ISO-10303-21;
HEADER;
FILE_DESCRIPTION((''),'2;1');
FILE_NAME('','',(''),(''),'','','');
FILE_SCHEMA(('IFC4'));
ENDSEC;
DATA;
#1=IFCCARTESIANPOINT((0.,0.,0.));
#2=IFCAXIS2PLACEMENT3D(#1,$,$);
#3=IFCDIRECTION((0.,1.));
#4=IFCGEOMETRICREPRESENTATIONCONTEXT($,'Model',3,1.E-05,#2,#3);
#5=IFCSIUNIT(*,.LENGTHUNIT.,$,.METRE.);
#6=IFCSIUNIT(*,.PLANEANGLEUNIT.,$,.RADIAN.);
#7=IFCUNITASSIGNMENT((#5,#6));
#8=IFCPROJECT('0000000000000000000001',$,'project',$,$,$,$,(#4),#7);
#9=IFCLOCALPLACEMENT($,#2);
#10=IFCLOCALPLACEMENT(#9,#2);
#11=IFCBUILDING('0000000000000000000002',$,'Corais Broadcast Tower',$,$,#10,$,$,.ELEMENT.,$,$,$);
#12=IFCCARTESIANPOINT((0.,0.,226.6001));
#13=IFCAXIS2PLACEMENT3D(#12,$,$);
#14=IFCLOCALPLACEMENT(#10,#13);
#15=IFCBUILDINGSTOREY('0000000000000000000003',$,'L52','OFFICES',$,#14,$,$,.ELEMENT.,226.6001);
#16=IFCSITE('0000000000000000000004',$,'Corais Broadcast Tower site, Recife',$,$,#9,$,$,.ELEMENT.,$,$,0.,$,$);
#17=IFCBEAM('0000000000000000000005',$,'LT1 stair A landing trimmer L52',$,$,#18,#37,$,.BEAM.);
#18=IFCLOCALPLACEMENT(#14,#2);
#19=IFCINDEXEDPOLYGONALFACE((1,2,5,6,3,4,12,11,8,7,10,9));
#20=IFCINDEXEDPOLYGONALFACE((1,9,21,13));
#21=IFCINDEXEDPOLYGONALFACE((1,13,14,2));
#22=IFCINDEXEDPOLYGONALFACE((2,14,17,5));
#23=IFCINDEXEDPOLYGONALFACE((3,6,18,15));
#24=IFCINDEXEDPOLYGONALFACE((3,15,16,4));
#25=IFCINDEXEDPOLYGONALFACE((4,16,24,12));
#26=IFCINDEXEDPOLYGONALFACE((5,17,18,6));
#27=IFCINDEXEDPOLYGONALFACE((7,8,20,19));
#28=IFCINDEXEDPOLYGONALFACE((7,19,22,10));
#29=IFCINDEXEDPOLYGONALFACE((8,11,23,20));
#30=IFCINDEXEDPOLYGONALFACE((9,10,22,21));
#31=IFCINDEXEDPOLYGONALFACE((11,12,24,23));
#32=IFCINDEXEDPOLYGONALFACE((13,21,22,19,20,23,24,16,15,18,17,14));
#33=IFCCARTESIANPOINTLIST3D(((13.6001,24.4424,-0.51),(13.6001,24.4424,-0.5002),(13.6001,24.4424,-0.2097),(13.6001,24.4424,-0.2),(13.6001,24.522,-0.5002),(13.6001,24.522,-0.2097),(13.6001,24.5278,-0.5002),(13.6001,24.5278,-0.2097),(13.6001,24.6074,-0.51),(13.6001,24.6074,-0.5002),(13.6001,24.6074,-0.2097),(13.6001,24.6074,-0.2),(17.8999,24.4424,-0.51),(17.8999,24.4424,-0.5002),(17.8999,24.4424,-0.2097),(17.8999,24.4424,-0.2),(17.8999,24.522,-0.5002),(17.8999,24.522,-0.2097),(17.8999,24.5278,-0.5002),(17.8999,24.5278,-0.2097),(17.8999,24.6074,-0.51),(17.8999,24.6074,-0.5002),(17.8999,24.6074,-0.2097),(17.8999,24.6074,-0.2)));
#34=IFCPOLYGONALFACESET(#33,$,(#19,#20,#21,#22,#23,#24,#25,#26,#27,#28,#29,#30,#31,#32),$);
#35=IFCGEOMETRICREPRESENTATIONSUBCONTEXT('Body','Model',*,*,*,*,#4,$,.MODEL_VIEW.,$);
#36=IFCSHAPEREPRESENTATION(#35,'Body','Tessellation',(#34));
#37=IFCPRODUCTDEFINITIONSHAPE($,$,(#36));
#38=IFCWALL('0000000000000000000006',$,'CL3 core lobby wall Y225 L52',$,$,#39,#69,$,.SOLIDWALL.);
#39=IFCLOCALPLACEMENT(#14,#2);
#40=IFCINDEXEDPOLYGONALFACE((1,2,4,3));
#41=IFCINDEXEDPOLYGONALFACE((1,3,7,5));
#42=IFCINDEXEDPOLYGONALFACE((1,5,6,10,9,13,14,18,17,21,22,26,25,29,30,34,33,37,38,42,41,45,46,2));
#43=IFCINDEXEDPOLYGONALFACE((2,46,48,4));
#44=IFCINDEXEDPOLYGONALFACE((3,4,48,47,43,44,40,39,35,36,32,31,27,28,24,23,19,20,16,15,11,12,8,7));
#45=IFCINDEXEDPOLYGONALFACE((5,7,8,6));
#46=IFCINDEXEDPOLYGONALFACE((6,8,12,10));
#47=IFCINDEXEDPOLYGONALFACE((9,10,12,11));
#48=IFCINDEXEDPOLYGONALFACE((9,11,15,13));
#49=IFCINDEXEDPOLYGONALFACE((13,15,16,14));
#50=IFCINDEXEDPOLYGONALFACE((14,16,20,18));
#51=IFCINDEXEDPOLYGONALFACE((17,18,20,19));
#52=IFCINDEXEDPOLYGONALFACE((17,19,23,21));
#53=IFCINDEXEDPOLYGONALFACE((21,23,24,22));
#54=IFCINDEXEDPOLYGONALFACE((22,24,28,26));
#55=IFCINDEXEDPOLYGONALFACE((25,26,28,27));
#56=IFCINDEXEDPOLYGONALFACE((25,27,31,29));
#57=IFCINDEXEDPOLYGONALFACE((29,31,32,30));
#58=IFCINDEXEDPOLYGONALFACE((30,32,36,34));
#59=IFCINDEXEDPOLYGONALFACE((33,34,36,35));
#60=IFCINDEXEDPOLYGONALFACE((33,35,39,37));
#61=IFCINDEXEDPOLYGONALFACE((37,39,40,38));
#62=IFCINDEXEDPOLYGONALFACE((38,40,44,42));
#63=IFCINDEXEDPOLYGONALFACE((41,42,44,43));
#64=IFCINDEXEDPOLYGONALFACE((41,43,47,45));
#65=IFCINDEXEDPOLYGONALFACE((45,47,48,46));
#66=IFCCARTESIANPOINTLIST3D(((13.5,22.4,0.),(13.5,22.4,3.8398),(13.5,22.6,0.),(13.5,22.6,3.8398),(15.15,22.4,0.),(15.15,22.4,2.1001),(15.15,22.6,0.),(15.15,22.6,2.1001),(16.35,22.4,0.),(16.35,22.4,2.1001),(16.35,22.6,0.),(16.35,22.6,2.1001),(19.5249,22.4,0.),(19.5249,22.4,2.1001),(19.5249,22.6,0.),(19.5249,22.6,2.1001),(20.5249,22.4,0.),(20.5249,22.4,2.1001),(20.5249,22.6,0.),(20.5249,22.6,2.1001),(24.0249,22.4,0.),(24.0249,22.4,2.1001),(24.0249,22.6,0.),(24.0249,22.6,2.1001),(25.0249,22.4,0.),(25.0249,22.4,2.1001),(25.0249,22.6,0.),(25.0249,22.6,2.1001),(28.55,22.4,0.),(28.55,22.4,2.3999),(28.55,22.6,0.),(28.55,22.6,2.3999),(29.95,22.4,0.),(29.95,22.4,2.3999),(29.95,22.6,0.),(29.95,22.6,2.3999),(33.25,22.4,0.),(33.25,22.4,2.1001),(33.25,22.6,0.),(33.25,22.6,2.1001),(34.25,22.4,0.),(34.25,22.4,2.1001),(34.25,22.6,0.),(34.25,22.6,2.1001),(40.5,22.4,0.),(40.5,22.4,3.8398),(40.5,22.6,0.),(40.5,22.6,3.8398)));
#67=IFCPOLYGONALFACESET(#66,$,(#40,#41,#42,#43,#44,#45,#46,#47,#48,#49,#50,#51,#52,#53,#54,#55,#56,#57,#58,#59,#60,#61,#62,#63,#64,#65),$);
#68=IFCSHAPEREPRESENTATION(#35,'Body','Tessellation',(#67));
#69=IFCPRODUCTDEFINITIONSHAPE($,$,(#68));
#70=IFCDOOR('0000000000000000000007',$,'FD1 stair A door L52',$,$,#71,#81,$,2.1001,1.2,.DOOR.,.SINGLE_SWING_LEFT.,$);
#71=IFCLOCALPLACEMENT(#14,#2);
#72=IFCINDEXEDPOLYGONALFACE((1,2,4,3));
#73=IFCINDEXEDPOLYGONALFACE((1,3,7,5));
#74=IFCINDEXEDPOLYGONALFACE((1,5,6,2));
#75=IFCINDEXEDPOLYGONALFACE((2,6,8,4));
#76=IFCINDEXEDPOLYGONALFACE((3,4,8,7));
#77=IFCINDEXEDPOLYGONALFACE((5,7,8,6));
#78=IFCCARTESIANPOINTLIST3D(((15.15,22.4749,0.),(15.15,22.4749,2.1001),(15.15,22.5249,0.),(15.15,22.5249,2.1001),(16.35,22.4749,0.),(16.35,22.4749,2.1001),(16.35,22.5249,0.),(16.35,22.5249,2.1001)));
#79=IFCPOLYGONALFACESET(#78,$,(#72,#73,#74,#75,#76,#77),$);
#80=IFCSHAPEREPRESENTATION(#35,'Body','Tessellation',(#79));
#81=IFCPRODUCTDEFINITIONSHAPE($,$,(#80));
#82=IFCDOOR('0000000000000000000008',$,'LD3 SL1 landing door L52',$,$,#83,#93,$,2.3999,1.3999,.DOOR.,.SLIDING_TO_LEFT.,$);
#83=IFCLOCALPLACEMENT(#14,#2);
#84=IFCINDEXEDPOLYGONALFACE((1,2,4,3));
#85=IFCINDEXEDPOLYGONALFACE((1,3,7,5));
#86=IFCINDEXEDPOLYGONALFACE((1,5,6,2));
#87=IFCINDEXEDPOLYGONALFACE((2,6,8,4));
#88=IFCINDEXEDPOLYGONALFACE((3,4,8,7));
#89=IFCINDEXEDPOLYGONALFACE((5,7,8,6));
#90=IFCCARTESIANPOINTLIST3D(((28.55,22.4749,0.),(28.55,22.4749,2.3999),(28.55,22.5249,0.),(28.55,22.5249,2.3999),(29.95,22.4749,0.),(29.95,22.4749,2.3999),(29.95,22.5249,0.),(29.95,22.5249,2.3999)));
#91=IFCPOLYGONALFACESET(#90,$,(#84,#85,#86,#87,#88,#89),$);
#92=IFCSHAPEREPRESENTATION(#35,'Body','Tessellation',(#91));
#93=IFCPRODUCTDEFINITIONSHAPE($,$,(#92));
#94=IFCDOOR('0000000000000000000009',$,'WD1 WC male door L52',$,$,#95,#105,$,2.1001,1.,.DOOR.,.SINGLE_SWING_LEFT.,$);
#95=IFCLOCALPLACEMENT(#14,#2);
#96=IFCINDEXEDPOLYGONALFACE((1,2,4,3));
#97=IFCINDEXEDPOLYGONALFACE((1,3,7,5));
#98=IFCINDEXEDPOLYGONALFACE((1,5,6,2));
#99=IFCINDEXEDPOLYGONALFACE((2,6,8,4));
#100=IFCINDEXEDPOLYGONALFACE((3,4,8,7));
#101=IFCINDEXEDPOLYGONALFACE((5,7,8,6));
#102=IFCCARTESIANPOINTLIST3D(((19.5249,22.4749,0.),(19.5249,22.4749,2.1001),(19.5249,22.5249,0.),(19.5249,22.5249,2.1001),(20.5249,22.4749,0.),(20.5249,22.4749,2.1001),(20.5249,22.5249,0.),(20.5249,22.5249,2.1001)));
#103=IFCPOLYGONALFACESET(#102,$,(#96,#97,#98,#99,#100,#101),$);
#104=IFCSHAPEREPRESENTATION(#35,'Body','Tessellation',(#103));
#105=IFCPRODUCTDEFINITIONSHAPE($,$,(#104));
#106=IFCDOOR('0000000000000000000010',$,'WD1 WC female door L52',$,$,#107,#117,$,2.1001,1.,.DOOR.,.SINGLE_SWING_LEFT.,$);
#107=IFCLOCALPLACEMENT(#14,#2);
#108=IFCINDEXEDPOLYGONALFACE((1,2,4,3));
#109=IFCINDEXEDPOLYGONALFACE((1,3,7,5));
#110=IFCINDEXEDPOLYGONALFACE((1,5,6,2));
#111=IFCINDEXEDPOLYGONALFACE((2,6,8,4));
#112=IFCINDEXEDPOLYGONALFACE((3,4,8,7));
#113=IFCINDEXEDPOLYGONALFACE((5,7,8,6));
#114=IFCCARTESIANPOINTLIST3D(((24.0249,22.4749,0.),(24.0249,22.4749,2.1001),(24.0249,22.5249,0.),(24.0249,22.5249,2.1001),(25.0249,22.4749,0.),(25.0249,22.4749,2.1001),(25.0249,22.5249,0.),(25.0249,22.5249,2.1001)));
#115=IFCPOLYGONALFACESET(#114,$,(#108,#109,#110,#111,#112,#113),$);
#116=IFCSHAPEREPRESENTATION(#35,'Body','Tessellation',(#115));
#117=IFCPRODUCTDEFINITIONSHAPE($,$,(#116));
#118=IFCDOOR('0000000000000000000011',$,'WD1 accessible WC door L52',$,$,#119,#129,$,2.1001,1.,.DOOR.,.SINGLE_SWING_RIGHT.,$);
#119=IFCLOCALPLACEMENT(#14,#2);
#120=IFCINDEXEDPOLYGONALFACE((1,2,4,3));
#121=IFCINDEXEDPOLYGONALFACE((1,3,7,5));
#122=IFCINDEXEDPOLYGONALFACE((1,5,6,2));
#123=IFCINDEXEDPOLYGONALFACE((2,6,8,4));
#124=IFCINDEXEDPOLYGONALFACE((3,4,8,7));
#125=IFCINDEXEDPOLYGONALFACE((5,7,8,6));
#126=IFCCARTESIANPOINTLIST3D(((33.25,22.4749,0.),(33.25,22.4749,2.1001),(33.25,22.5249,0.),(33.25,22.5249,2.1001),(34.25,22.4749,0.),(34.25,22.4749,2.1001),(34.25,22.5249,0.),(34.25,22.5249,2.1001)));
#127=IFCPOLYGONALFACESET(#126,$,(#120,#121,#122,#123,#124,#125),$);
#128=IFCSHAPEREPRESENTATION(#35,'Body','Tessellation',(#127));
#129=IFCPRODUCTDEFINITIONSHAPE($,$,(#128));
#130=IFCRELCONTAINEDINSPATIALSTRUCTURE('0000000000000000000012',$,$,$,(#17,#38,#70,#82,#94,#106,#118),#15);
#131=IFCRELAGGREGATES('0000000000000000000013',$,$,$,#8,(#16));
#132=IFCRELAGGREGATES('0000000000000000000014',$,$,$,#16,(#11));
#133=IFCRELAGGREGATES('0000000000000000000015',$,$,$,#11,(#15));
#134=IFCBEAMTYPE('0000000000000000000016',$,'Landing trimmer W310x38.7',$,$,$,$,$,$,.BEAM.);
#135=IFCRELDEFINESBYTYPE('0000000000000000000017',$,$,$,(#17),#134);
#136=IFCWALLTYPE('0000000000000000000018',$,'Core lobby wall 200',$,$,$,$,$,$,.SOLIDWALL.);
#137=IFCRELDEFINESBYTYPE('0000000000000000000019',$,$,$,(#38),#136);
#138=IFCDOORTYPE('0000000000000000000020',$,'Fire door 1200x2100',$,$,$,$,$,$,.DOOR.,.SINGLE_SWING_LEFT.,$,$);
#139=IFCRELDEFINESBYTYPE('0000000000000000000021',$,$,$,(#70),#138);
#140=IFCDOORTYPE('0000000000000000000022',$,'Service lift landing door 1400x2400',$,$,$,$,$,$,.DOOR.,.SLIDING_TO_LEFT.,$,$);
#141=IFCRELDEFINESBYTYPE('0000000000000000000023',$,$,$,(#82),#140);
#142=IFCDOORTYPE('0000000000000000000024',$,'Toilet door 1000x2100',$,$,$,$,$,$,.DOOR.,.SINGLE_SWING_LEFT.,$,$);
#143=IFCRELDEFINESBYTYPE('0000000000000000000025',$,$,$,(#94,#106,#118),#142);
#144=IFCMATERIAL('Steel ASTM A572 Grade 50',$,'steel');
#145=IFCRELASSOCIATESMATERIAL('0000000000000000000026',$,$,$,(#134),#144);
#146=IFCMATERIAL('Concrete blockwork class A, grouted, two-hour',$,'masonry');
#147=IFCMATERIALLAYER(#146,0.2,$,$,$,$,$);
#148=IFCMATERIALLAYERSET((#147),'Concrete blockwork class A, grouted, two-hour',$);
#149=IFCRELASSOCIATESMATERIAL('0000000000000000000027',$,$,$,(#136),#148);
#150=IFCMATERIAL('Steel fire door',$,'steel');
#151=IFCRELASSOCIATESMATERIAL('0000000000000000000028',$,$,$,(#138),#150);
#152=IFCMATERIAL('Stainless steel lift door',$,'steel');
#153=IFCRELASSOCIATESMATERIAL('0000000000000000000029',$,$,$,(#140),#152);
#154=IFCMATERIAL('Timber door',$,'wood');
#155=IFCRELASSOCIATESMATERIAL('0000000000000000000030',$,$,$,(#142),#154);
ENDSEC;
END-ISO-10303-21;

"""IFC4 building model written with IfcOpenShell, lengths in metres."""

from ifc_helpers import new_model, si_unit, direction, frame, frame_2d, origin, origin_2d, place, context, subcontext, project, spatial, rectangle, i_section, extrude, material, layer, layer_set, material_profile, profile_set, type_object, element, fill, save


model = new_model("IFC4")

# Units and contexts
model_context = context("Model", 3, precision=1e-05, world=origin(), true_north=direction((0.0, 1.0)))
body_context = subcontext(model_context, "Body", "Model", "MODEL_VIEW")
ifc_project = project(units=[si_unit("LENGTHUNIT", "METRE"), si_unit("PLANEANGLEUNIT", "RADIAN")], contexts=[model_context])

# Site, building, storey
site_placement = place(None, origin())
site = spatial("IfcSite", under=ifc_project, at=site_placement, Name="Corais Broadcast Tower site, Recife", CompositionType="ELEMENT", RefElevation=0.0)
building_placement = place(site_placement, origin())
building = spatial("IfcBuilding", under=site, at=building_placement, Name="Corais Broadcast Tower", CompositionType="ELEMENT")
storey_placement = place(building_placement, frame((0.0, 0.0, 226.6001)))
storey = spatial("IfcBuildingStorey", under=building, at=storey_placement, Name="L52", Description="OFFICES", CompositionType="ELEMENT", Elevation=226.6001)

# Beam
ifc_material_1 = material(Name="Steel ASTM A572 Grade 50", Category="steel")
ifc_material_profile = material_profile(ifc_material_1, i_section(OverallWidth=0.165, OverallDepth=0.3101, WebThickness=0.0059, FlangeThickness=0.0098, at=origin_2d()), Name="W310x38.7")
ifc_profile_set = profile_set([ifc_material_profile], Name="Steel ASTM A572 Grade 50")
beam_type = type_object("IfcBeamType", Name="Landing trimmer W310x38.7", PredefinedType="BEAM", material=ifc_profile_set)
beam_placement = place(storey_placement, frame((13.6001, 24.5249, -0.355), z_axis=(1.0, 0.0, 0.0), x_axis=(0.0, 1.0, 0.0)))
element("IfcBeam", 1, at=beam_placement, inside=storey, type_object=beam_type, Name="LT1 stair A landing trimmer L52", PredefinedType="BEAM", context=body_context, shape_type="SweptSolid", body=[
    extrude(i_section(OverallWidth=0.165, OverallDepth=0.3101, WebThickness=0.0059, FlangeThickness=0.0098, at=origin_2d()), origin(), (0.0, 0.0, 1.0), 4.2998),
])

# Wall, openings, doors
ifc_material_2 = material(Name="Concrete blockwork class A, grouted, two-hour", Category="masonry")
ifc_layer_1 = layer(ifc_material_2, 0.2)
ifc_layer_set_1 = layer_set([ifc_layer_1], Name="Concrete blockwork class A, grouted, two-hour")
wall_type_1 = type_object("IfcWallType", Name="Core lobby wall 200", PredefinedType="SOLIDWALL", material=ifc_layer_set_1)
wall_1_placement = place(storey_placement, frame((13.5, 22.5, 0.0), z_axis=(0.0, 0.0, 1.0), x_axis=(1.0, 0.0, 0.0)))
wall_1 = element("IfcWall", 2, at=wall_1_placement, inside=storey, type_object=wall_type_1, Name="CL3 core lobby wall Y225 L52", PredefinedType="SOLIDWALL", context=body_context, shape_type="SweptSolid", body=[
    extrude(rectangle(XDim=27.0, YDim=0.2, at=frame_2d((13.5, 0.0))), origin(), (0.0, 0.0, 1.0), 3.8398),
])
opening_1_placement = place(wall_1_placement, frame((1.6499, 0.0, 0.0)))
opening_1 = element("IfcOpeningElement", 3, at=opening_1_placement, cuts=wall_1, PredefinedType="OPENING", context=body_context, shape_type="SweptSolid", body=[
    extrude(rectangle(XDim=1.2, YDim=2.1001, at=frame_2d((0.6001, 1.05))), frame((0.0, 0.1099, 0.0), z_axis=(0.0, -1.0, 0.0), x_axis=(1.0, 0.0, 0.0)), (0.0, 0.0, 1.0), 0.22),
])
opening_2_placement = place(wall_1_placement, frame((6.0249, 0.0, 0.0)))
opening_2 = element("IfcOpeningElement", 4, at=opening_2_placement, cuts=wall_1, PredefinedType="OPENING", context=body_context, shape_type="SweptSolid", body=[
    extrude(rectangle(XDim=1.0, YDim=2.1001, at=frame_2d((0.5, 1.05))), frame((0.0, 0.1099, 0.0), z_axis=(0.0, -1.0, 0.0), x_axis=(1.0, 0.0, 0.0)), (0.0, 0.0, 1.0), 0.22),
])
opening_3_placement = place(wall_1_placement, frame((10.5249, 0.0, 0.0)))
opening_3 = element("IfcOpeningElement", 5, at=opening_3_placement, cuts=wall_1, PredefinedType="OPENING", context=body_context, shape_type="SweptSolid", body=[
    extrude(rectangle(XDim=1.0, YDim=2.1001, at=frame_2d((0.5, 1.05))), frame((0.0, 0.1099, 0.0), z_axis=(0.0, -1.0, 0.0), x_axis=(1.0, 0.0, 0.0)), (0.0, 0.0, 1.0), 0.22),
])
opening_4_placement = place(wall_1_placement, frame((19.75, 0.0, 0.0)))
opening_4 = element("IfcOpeningElement", 6, at=opening_4_placement, cuts=wall_1, PredefinedType="OPENING", context=body_context, shape_type="SweptSolid", body=[
    extrude(rectangle(XDim=1.0, YDim=2.1001, at=frame_2d((0.5, 1.05))), frame((0.0, 0.1099, 0.0), z_axis=(0.0, -1.0, 0.0), x_axis=(1.0, 0.0, 0.0)), (0.0, 0.0, 1.0), 0.22),
])
opening_5_placement = place(wall_1_placement, frame((15.05, 0.0, 0.0)))
opening_5 = element("IfcOpeningElement", 7, at=opening_5_placement, cuts=wall_1, PredefinedType="OPENING", context=body_context, shape_type="SweptSolid", body=[
    extrude(rectangle(XDim=1.3999, YDim=2.3999, at=frame_2d((0.7, 1.2))), frame((0.0, 0.1099, 0.0), z_axis=(0.0, -1.0, 0.0), x_axis=(1.0, 0.0, 0.0)), (0.0, 0.0, 1.0), 0.22),
])
ifc_material_3 = material(Name="Steel fire door", Category="steel")
door_type_1 = type_object("IfcDoorType", Name="Fire door 1200x2100", OperationType="SINGLE_SWING_LEFT", PredefinedType="DOOR", material=ifc_material_3)
door_1_placement = place(opening_1_placement, origin())
door_1 = element("IfcDoor", 8, at=door_1_placement, inside=storey, type_object=door_type_1, Name="FD1 stair A door L52", OperationType="SINGLE_SWING_LEFT", OverallHeight=2.1001, OverallWidth=1.2, PredefinedType="DOOR", context=body_context, shape_type="SweptSolid", body=[
    extrude(rectangle(XDim=1.2, YDim=2.1001, at=frame_2d((0.6001, 1.05))), frame((0.0, 0.0249, 0.0), z_axis=(0.0, -1.0, 0.0), x_axis=(1.0, 0.0, 0.0)), (0.0, 0.0, 1.0), 0.05),
])
fill(opening_1, door_1)
ifc_material_4 = material(Name="Stainless steel lift door", Category="steel")
door_type_2 = type_object("IfcDoorType", Name="Service lift landing door 1400x2400", OperationType="SLIDING_TO_LEFT", PredefinedType="DOOR", material=ifc_material_4)
door_2_placement = place(opening_5_placement, origin())
door_2 = element("IfcDoor", 9, at=door_2_placement, inside=storey, type_object=door_type_2, Name="LD3 SL1 landing door L52", OperationType="SLIDING_TO_LEFT", OverallHeight=2.3999, OverallWidth=1.3999, PredefinedType="DOOR", context=body_context, shape_type="SweptSolid", body=[
    extrude(rectangle(XDim=1.3999, YDim=2.3999, at=frame_2d((0.7, 1.2))), frame((0.0, 0.0249, 0.0), z_axis=(0.0, -1.0, 0.0), x_axis=(1.0, 0.0, 0.0)), (0.0, 0.0, 1.0), 0.05),
])
fill(opening_5, door_2)
ifc_material_5 = material(Name="Timber door", Category="wood")
door_type_3 = type_object("IfcDoorType", Name="Toilet door 1000x2100", OperationType="SINGLE_SWING_LEFT", PredefinedType="DOOR", material=ifc_material_5)
door_3_placement = place(opening_2_placement, origin())
door_3 = element("IfcDoor", 10, at=door_3_placement, inside=storey, type_object=door_type_3, Name="WD1 WC male door L52", OperationType="SINGLE_SWING_LEFT", OverallHeight=2.1001, OverallWidth=1.0, PredefinedType="DOOR", context=body_context, shape_type="SweptSolid", body=[
    extrude(rectangle(XDim=1.0, YDim=2.1001, at=frame_2d((0.5, 1.05))), frame((0.0, 0.0249, 0.0), z_axis=(0.0, -1.0, 0.0), x_axis=(1.0, 0.0, 0.0)), (0.0, 0.0, 1.0), 0.05),
])
fill(opening_2, door_3)
door_4_placement = place(opening_3_placement, origin())
door_4 = element("IfcDoor", 11, at=door_4_placement, inside=storey, type_object=door_type_3, Name="WD1 WC female door L52", OperationType="SINGLE_SWING_LEFT", OverallHeight=2.1001, OverallWidth=1.0, PredefinedType="DOOR", context=body_context, shape_type="SweptSolid", body=[
    extrude(rectangle(XDim=1.0, YDim=2.1001, at=frame_2d((0.5, 1.05))), frame((0.0, 0.0249, 0.0), z_axis=(0.0, -1.0, 0.0), x_axis=(1.0, 0.0, 0.0)), (0.0, 0.0, 1.0), 0.05),
])
fill(opening_3, door_4)
door_5_placement = place(opening_4_placement, origin())
door_5 = element("IfcDoor", 12, at=door_5_placement, inside=storey, type_object=door_type_3, Name="WD1 accessible WC door L52", OperationType="SINGLE_SWING_RIGHT", OverallHeight=2.1001, OverallWidth=1.0, PredefinedType="DOOR", context=body_context, shape_type="SweptSolid", body=[
    extrude(rectangle(XDim=1.0, YDim=2.1001, at=frame_2d((0.5, 1.05))), frame((0.0, 0.0249, 0.0), z_axis=(0.0, -1.0, 0.0), x_axis=(1.0, 0.0, 0.0)), (0.0, 0.0, 1.0), 0.05),
])
fill(opening_4, door_5)

save(model, "model.ifc")
